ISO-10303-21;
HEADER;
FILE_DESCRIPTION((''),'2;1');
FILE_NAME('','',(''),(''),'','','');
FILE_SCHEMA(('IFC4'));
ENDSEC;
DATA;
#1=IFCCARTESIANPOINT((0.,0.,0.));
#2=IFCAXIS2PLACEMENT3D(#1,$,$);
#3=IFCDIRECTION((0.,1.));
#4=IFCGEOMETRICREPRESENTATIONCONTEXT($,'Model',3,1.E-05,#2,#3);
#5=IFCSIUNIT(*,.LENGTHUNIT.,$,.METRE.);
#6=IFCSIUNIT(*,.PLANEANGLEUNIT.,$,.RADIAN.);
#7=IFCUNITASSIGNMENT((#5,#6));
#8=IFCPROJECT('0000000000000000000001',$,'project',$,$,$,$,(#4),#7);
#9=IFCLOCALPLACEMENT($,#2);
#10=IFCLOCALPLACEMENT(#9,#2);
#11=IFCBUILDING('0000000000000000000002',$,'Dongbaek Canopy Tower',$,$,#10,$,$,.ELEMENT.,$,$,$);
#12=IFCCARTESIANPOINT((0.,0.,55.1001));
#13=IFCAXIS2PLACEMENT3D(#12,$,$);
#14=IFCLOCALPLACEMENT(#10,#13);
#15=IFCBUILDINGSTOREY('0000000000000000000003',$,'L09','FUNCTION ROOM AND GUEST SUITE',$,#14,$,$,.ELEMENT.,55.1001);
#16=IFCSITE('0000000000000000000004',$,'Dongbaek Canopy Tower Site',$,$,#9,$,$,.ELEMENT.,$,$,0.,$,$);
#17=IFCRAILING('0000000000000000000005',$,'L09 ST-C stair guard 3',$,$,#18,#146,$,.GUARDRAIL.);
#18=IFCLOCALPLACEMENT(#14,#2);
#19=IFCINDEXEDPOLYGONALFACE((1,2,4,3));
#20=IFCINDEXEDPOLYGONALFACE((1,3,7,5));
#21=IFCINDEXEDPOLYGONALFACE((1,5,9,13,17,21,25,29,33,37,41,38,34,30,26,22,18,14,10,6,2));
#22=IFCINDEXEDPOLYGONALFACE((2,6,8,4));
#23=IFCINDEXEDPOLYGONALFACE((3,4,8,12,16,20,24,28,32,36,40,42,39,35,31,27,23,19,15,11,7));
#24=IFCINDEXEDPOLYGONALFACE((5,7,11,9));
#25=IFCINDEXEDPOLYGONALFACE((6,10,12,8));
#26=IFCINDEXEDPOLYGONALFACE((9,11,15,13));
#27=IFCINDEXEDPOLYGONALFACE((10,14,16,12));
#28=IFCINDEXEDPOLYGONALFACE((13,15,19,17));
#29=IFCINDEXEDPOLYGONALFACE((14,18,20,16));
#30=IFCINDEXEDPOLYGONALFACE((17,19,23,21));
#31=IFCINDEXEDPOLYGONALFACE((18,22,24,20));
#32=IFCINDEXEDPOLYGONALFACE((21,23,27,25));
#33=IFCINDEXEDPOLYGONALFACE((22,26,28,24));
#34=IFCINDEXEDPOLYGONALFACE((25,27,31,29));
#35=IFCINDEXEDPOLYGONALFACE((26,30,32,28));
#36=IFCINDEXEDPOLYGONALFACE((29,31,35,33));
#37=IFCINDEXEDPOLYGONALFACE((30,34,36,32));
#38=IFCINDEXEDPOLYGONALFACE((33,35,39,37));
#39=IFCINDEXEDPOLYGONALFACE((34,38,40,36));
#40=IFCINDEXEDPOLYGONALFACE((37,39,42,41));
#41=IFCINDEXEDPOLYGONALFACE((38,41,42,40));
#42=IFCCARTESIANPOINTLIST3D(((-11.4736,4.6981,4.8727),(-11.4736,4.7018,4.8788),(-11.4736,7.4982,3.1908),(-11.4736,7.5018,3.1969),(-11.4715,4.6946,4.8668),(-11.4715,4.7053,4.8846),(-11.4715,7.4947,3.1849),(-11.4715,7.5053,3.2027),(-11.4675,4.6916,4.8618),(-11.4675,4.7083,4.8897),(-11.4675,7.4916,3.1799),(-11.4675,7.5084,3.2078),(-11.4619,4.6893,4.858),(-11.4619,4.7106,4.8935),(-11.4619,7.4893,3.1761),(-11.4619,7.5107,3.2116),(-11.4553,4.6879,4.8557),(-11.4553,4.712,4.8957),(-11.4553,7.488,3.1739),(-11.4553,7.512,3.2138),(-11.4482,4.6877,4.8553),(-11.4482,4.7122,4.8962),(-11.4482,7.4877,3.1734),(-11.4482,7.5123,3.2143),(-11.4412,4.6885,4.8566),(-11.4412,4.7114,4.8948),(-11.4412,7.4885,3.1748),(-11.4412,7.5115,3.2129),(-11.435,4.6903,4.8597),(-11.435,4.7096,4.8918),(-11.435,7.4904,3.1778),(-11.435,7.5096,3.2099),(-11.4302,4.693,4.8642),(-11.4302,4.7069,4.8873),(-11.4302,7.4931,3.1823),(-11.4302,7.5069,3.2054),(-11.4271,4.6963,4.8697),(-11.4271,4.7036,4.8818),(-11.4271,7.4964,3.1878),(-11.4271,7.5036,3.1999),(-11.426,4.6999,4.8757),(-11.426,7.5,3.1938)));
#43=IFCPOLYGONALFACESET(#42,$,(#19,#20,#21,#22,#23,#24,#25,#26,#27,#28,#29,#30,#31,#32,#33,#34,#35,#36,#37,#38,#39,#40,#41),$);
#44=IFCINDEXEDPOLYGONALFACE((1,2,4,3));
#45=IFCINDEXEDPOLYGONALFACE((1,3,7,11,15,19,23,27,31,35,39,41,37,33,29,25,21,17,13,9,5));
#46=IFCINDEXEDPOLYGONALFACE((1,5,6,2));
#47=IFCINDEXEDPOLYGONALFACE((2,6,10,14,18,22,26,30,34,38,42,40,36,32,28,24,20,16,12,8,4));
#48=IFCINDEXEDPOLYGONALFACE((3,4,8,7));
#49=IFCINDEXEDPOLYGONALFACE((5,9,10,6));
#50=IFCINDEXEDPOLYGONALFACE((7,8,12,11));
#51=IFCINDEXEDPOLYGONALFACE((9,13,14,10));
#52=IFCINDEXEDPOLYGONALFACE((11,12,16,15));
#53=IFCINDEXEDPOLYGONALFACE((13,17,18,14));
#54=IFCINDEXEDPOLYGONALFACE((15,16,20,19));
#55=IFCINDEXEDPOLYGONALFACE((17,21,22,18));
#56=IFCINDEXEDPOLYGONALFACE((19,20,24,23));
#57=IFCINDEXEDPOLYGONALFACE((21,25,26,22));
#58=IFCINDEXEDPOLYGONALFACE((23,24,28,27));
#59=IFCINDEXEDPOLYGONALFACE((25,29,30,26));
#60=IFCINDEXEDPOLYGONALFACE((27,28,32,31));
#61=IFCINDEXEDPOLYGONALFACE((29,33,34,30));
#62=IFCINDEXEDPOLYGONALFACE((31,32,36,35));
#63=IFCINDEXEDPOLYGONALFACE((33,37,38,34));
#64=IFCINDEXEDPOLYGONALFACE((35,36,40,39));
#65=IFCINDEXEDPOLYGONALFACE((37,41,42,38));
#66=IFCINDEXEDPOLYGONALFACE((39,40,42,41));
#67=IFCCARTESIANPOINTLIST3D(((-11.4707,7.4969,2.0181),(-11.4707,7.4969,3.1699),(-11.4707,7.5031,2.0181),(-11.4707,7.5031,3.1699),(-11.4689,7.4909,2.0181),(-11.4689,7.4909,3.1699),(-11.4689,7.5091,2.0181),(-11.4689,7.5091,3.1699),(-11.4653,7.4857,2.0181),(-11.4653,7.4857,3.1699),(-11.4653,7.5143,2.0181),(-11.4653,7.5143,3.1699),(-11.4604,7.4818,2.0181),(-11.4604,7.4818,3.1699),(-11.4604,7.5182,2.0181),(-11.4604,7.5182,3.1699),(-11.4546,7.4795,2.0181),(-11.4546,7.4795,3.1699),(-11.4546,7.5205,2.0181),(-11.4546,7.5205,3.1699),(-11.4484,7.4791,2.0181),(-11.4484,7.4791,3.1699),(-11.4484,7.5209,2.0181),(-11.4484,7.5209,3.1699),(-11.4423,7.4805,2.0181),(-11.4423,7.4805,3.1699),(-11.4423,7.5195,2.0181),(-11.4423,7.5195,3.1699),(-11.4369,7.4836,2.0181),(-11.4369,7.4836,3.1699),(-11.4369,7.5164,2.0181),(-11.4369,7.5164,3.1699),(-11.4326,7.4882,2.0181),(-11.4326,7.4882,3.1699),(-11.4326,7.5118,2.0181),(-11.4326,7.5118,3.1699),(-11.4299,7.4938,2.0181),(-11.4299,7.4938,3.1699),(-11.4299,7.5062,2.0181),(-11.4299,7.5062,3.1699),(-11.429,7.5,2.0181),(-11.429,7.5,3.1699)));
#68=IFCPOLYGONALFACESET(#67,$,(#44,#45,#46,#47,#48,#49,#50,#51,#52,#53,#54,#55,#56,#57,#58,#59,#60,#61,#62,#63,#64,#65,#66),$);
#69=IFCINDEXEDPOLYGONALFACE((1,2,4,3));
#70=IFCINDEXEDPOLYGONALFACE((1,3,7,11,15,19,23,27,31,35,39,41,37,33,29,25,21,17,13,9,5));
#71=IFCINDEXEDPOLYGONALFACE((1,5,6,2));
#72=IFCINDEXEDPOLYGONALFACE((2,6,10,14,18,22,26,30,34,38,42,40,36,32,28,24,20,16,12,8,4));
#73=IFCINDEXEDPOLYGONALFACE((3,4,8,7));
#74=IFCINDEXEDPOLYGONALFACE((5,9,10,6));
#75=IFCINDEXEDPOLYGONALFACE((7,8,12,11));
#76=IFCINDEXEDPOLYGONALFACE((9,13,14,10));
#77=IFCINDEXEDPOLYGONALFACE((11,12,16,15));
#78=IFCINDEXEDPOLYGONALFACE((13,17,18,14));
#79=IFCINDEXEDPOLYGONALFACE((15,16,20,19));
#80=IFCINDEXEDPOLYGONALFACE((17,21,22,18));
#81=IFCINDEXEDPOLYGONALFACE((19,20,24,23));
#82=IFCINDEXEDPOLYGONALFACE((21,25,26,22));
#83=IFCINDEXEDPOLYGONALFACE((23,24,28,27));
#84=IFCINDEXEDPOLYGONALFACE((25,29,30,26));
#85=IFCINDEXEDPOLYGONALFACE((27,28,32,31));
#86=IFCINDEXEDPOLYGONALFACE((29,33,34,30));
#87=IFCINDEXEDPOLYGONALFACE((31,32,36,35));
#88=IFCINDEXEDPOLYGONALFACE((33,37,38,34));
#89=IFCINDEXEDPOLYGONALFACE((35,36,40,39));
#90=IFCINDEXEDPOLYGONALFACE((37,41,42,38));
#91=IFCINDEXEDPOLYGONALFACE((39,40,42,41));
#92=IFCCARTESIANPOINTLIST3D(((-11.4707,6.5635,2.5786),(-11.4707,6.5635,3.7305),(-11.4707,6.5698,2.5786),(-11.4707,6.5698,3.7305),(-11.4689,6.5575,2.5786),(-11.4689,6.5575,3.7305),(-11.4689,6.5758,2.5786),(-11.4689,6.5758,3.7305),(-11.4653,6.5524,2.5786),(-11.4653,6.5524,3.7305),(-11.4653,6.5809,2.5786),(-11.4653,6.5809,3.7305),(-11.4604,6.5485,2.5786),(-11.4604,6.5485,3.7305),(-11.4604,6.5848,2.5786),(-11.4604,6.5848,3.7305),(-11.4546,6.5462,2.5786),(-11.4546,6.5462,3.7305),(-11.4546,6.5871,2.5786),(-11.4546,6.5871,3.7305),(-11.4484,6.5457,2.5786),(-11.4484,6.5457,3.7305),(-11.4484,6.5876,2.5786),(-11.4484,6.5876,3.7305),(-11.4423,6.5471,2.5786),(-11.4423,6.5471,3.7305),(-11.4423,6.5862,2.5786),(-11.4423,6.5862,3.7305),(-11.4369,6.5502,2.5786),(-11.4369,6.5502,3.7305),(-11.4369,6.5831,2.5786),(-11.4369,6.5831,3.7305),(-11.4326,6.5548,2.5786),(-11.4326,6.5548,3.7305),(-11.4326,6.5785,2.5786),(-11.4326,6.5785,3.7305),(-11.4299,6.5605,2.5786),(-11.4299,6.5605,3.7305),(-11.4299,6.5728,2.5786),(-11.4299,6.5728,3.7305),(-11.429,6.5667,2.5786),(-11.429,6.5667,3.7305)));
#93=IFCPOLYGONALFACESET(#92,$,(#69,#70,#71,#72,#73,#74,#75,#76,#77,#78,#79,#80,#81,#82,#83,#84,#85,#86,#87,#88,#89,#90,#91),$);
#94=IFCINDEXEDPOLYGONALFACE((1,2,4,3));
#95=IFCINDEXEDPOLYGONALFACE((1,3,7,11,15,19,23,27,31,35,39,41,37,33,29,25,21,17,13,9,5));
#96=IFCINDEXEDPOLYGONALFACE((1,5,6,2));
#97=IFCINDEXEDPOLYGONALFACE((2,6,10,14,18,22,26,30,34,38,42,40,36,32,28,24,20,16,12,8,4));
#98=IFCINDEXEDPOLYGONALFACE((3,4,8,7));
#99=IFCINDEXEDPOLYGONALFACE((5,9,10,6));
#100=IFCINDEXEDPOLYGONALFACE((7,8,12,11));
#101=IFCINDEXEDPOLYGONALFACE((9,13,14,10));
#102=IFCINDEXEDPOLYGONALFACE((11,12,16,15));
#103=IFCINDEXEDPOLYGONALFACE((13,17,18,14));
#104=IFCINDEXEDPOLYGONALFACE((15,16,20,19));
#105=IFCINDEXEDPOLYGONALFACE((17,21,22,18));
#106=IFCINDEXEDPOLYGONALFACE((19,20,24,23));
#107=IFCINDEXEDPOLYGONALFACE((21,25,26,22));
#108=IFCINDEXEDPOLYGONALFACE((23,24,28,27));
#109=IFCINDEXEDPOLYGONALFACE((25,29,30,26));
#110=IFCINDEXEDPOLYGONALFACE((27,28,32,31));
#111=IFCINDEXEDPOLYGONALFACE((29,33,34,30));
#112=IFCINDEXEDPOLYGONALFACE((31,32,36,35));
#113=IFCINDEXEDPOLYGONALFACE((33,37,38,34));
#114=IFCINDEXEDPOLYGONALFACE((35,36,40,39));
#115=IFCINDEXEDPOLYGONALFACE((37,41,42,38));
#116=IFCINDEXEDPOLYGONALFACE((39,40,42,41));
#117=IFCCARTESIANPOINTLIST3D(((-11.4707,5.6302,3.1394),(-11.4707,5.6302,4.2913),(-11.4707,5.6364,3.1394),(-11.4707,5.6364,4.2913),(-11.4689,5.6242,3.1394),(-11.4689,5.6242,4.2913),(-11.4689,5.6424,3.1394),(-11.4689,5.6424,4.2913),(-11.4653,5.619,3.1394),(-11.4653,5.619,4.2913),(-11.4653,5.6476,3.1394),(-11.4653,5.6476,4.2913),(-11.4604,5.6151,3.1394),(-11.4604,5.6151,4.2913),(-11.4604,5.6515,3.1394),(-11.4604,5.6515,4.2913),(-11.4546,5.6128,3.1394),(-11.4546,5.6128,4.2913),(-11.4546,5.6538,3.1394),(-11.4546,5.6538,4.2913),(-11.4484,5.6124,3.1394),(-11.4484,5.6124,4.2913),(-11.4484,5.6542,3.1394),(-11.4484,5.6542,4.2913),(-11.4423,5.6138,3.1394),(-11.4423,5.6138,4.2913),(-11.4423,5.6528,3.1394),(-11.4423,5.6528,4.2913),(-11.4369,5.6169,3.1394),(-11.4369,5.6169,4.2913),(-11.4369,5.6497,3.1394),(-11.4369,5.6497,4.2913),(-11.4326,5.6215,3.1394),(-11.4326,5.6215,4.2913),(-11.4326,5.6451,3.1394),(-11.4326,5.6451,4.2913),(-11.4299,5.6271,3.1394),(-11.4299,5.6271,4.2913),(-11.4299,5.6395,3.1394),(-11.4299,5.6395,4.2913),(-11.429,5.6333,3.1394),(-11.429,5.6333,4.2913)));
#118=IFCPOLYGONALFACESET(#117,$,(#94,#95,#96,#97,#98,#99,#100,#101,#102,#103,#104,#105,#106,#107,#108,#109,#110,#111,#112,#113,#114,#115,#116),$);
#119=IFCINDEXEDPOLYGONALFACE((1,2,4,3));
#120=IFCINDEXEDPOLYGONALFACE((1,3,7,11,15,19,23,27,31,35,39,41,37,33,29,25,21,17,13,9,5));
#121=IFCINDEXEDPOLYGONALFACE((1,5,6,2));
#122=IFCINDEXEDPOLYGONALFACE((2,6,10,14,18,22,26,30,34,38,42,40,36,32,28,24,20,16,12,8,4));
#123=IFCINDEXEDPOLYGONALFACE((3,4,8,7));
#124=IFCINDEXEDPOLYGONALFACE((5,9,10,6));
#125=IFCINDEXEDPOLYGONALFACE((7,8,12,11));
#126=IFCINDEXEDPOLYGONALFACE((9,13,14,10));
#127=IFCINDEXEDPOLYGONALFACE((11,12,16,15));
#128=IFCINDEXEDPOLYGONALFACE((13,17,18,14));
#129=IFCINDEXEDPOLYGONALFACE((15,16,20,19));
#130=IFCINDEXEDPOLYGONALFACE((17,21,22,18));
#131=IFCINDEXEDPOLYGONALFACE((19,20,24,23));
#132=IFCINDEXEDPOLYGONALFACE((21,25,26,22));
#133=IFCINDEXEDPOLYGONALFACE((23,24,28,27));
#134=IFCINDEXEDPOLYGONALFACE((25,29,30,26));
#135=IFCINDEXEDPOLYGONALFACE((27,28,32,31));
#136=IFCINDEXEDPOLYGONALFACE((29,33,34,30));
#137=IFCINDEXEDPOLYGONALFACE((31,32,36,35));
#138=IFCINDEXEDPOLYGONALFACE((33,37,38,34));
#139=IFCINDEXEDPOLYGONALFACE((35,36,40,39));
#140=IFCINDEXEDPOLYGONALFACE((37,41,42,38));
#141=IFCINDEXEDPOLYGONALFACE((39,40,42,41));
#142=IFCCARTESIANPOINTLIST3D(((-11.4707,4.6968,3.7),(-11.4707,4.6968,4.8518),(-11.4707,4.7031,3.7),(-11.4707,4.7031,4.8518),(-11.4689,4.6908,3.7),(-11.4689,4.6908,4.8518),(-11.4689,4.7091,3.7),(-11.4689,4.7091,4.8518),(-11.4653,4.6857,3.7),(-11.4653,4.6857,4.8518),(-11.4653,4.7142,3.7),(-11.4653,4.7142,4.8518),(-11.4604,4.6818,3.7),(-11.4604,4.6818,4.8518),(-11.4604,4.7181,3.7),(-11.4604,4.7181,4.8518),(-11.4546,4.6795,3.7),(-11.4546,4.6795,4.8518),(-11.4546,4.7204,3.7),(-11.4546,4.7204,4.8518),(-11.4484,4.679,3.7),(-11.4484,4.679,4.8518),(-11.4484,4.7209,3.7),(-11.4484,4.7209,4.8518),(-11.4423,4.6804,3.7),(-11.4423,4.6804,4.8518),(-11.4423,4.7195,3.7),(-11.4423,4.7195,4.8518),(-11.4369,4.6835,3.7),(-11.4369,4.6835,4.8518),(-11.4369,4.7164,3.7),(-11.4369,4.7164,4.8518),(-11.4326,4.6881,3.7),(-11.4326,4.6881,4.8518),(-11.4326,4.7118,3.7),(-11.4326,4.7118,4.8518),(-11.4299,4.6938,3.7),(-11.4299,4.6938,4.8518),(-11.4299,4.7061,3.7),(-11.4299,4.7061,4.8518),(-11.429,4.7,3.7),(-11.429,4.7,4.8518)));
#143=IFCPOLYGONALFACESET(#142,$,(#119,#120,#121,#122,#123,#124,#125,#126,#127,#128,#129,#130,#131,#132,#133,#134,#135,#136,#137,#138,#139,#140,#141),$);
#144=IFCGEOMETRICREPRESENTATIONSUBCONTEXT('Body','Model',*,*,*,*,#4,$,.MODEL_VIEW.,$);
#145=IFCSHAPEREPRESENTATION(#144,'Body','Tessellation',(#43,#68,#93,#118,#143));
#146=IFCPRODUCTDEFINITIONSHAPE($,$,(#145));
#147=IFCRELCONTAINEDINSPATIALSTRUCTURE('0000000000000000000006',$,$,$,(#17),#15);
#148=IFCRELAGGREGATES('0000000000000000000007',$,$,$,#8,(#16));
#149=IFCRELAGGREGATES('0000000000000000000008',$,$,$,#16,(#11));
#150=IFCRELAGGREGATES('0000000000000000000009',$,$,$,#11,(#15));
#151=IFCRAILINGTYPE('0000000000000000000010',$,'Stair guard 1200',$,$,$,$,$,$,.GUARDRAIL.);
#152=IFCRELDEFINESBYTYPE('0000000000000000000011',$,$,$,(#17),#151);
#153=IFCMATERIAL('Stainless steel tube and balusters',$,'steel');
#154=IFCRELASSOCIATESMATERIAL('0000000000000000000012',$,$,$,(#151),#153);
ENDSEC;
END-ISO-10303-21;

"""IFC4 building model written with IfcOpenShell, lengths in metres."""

from ifc_helpers import new_model, si_unit, direction, frame, origin, origin_2d, place, context, subcontext, project, spatial, circle, extrude, material, type_object, element, save


model = new_model("IFC4")

# Units and contexts
model_context = context("Model", 3, precision=1e-05, world=origin(), true_north=direction((0.0, 1.0)))
body_context = subcontext(model_context, "Body", "Model", "MODEL_VIEW")
ifc_project = project(units=[si_unit("LENGTHUNIT", "METRE"), si_unit("PLANEANGLEUNIT", "RADIAN")], contexts=[model_context])

# Site, building, storey
site_placement = place(None, origin())
site = spatial("IfcSite", under=ifc_project, at=site_placement, Name="Dongbaek Canopy Tower Site", CompositionType="ELEMENT", RefElevation=0.0)
building_placement = place(site_placement, origin())
building = spatial("IfcBuilding", under=site, at=building_placement, Name="Dongbaek Canopy Tower", CompositionType="ELEMENT")
storey_placement = place(building_placement, frame((0.0, 0.0, 55.1001)))
storey = spatial("IfcBuildingStorey", under=building, at=storey_placement, Name="L09", Description="FUNCTION ROOM AND GUEST SUITE", CompositionType="ELEMENT", Elevation=55.1001)

# Railing
ifc_material_1 = material(Name="Stainless steel tube and balusters", Category="steel")
railing_type_1 = type_object("IfcRailingType", Name="Stair guard 1200", PredefinedType="GUARDRAIL", material=ifc_material_1)
railing_1_placement = place(storey_placement, frame((-11.45, 7.5, 2.0181)))
element("IfcRailing", 1, at=railing_1_placement, inside=storey, type_object=railing_type_1, Name="L09 ST-C stair guard 3", PredefinedType="GUARDRAIL", context=body_context, shape_type="SweptSolid", body=[
    extrude(circle(Radius=0.0239, at=origin_2d()), frame((0.0, 0.0, 1.1758), z_axis=(0.0, -0.857242, 0.514913), x_axis=(1.0, 0.0, 0.0)), (0.0, 0.0, 1.0), 3.2664),
    extrude(circle(Radius=0.021, at=origin_2d()), origin(), (0.0, 0.0, 1.0), 1.1519),
    extrude(circle(Radius=0.021, at=origin_2d()), frame((0.0, -0.9333, 0.5605)), (0.0, 0.0, 1.0), 1.1519),
    extrude(circle(Radius=0.021, at=origin_2d()), frame((0.0, -1.8667, 1.1213)), (0.0, 0.0, 1.0), 1.1519),
    extrude(circle(Radius=0.021, at=origin_2d()), frame((0.0, -2.8, 1.6819)), (0.0, 0.0, 1.0), 1.1519),
])

save(model, "model.ifc")
